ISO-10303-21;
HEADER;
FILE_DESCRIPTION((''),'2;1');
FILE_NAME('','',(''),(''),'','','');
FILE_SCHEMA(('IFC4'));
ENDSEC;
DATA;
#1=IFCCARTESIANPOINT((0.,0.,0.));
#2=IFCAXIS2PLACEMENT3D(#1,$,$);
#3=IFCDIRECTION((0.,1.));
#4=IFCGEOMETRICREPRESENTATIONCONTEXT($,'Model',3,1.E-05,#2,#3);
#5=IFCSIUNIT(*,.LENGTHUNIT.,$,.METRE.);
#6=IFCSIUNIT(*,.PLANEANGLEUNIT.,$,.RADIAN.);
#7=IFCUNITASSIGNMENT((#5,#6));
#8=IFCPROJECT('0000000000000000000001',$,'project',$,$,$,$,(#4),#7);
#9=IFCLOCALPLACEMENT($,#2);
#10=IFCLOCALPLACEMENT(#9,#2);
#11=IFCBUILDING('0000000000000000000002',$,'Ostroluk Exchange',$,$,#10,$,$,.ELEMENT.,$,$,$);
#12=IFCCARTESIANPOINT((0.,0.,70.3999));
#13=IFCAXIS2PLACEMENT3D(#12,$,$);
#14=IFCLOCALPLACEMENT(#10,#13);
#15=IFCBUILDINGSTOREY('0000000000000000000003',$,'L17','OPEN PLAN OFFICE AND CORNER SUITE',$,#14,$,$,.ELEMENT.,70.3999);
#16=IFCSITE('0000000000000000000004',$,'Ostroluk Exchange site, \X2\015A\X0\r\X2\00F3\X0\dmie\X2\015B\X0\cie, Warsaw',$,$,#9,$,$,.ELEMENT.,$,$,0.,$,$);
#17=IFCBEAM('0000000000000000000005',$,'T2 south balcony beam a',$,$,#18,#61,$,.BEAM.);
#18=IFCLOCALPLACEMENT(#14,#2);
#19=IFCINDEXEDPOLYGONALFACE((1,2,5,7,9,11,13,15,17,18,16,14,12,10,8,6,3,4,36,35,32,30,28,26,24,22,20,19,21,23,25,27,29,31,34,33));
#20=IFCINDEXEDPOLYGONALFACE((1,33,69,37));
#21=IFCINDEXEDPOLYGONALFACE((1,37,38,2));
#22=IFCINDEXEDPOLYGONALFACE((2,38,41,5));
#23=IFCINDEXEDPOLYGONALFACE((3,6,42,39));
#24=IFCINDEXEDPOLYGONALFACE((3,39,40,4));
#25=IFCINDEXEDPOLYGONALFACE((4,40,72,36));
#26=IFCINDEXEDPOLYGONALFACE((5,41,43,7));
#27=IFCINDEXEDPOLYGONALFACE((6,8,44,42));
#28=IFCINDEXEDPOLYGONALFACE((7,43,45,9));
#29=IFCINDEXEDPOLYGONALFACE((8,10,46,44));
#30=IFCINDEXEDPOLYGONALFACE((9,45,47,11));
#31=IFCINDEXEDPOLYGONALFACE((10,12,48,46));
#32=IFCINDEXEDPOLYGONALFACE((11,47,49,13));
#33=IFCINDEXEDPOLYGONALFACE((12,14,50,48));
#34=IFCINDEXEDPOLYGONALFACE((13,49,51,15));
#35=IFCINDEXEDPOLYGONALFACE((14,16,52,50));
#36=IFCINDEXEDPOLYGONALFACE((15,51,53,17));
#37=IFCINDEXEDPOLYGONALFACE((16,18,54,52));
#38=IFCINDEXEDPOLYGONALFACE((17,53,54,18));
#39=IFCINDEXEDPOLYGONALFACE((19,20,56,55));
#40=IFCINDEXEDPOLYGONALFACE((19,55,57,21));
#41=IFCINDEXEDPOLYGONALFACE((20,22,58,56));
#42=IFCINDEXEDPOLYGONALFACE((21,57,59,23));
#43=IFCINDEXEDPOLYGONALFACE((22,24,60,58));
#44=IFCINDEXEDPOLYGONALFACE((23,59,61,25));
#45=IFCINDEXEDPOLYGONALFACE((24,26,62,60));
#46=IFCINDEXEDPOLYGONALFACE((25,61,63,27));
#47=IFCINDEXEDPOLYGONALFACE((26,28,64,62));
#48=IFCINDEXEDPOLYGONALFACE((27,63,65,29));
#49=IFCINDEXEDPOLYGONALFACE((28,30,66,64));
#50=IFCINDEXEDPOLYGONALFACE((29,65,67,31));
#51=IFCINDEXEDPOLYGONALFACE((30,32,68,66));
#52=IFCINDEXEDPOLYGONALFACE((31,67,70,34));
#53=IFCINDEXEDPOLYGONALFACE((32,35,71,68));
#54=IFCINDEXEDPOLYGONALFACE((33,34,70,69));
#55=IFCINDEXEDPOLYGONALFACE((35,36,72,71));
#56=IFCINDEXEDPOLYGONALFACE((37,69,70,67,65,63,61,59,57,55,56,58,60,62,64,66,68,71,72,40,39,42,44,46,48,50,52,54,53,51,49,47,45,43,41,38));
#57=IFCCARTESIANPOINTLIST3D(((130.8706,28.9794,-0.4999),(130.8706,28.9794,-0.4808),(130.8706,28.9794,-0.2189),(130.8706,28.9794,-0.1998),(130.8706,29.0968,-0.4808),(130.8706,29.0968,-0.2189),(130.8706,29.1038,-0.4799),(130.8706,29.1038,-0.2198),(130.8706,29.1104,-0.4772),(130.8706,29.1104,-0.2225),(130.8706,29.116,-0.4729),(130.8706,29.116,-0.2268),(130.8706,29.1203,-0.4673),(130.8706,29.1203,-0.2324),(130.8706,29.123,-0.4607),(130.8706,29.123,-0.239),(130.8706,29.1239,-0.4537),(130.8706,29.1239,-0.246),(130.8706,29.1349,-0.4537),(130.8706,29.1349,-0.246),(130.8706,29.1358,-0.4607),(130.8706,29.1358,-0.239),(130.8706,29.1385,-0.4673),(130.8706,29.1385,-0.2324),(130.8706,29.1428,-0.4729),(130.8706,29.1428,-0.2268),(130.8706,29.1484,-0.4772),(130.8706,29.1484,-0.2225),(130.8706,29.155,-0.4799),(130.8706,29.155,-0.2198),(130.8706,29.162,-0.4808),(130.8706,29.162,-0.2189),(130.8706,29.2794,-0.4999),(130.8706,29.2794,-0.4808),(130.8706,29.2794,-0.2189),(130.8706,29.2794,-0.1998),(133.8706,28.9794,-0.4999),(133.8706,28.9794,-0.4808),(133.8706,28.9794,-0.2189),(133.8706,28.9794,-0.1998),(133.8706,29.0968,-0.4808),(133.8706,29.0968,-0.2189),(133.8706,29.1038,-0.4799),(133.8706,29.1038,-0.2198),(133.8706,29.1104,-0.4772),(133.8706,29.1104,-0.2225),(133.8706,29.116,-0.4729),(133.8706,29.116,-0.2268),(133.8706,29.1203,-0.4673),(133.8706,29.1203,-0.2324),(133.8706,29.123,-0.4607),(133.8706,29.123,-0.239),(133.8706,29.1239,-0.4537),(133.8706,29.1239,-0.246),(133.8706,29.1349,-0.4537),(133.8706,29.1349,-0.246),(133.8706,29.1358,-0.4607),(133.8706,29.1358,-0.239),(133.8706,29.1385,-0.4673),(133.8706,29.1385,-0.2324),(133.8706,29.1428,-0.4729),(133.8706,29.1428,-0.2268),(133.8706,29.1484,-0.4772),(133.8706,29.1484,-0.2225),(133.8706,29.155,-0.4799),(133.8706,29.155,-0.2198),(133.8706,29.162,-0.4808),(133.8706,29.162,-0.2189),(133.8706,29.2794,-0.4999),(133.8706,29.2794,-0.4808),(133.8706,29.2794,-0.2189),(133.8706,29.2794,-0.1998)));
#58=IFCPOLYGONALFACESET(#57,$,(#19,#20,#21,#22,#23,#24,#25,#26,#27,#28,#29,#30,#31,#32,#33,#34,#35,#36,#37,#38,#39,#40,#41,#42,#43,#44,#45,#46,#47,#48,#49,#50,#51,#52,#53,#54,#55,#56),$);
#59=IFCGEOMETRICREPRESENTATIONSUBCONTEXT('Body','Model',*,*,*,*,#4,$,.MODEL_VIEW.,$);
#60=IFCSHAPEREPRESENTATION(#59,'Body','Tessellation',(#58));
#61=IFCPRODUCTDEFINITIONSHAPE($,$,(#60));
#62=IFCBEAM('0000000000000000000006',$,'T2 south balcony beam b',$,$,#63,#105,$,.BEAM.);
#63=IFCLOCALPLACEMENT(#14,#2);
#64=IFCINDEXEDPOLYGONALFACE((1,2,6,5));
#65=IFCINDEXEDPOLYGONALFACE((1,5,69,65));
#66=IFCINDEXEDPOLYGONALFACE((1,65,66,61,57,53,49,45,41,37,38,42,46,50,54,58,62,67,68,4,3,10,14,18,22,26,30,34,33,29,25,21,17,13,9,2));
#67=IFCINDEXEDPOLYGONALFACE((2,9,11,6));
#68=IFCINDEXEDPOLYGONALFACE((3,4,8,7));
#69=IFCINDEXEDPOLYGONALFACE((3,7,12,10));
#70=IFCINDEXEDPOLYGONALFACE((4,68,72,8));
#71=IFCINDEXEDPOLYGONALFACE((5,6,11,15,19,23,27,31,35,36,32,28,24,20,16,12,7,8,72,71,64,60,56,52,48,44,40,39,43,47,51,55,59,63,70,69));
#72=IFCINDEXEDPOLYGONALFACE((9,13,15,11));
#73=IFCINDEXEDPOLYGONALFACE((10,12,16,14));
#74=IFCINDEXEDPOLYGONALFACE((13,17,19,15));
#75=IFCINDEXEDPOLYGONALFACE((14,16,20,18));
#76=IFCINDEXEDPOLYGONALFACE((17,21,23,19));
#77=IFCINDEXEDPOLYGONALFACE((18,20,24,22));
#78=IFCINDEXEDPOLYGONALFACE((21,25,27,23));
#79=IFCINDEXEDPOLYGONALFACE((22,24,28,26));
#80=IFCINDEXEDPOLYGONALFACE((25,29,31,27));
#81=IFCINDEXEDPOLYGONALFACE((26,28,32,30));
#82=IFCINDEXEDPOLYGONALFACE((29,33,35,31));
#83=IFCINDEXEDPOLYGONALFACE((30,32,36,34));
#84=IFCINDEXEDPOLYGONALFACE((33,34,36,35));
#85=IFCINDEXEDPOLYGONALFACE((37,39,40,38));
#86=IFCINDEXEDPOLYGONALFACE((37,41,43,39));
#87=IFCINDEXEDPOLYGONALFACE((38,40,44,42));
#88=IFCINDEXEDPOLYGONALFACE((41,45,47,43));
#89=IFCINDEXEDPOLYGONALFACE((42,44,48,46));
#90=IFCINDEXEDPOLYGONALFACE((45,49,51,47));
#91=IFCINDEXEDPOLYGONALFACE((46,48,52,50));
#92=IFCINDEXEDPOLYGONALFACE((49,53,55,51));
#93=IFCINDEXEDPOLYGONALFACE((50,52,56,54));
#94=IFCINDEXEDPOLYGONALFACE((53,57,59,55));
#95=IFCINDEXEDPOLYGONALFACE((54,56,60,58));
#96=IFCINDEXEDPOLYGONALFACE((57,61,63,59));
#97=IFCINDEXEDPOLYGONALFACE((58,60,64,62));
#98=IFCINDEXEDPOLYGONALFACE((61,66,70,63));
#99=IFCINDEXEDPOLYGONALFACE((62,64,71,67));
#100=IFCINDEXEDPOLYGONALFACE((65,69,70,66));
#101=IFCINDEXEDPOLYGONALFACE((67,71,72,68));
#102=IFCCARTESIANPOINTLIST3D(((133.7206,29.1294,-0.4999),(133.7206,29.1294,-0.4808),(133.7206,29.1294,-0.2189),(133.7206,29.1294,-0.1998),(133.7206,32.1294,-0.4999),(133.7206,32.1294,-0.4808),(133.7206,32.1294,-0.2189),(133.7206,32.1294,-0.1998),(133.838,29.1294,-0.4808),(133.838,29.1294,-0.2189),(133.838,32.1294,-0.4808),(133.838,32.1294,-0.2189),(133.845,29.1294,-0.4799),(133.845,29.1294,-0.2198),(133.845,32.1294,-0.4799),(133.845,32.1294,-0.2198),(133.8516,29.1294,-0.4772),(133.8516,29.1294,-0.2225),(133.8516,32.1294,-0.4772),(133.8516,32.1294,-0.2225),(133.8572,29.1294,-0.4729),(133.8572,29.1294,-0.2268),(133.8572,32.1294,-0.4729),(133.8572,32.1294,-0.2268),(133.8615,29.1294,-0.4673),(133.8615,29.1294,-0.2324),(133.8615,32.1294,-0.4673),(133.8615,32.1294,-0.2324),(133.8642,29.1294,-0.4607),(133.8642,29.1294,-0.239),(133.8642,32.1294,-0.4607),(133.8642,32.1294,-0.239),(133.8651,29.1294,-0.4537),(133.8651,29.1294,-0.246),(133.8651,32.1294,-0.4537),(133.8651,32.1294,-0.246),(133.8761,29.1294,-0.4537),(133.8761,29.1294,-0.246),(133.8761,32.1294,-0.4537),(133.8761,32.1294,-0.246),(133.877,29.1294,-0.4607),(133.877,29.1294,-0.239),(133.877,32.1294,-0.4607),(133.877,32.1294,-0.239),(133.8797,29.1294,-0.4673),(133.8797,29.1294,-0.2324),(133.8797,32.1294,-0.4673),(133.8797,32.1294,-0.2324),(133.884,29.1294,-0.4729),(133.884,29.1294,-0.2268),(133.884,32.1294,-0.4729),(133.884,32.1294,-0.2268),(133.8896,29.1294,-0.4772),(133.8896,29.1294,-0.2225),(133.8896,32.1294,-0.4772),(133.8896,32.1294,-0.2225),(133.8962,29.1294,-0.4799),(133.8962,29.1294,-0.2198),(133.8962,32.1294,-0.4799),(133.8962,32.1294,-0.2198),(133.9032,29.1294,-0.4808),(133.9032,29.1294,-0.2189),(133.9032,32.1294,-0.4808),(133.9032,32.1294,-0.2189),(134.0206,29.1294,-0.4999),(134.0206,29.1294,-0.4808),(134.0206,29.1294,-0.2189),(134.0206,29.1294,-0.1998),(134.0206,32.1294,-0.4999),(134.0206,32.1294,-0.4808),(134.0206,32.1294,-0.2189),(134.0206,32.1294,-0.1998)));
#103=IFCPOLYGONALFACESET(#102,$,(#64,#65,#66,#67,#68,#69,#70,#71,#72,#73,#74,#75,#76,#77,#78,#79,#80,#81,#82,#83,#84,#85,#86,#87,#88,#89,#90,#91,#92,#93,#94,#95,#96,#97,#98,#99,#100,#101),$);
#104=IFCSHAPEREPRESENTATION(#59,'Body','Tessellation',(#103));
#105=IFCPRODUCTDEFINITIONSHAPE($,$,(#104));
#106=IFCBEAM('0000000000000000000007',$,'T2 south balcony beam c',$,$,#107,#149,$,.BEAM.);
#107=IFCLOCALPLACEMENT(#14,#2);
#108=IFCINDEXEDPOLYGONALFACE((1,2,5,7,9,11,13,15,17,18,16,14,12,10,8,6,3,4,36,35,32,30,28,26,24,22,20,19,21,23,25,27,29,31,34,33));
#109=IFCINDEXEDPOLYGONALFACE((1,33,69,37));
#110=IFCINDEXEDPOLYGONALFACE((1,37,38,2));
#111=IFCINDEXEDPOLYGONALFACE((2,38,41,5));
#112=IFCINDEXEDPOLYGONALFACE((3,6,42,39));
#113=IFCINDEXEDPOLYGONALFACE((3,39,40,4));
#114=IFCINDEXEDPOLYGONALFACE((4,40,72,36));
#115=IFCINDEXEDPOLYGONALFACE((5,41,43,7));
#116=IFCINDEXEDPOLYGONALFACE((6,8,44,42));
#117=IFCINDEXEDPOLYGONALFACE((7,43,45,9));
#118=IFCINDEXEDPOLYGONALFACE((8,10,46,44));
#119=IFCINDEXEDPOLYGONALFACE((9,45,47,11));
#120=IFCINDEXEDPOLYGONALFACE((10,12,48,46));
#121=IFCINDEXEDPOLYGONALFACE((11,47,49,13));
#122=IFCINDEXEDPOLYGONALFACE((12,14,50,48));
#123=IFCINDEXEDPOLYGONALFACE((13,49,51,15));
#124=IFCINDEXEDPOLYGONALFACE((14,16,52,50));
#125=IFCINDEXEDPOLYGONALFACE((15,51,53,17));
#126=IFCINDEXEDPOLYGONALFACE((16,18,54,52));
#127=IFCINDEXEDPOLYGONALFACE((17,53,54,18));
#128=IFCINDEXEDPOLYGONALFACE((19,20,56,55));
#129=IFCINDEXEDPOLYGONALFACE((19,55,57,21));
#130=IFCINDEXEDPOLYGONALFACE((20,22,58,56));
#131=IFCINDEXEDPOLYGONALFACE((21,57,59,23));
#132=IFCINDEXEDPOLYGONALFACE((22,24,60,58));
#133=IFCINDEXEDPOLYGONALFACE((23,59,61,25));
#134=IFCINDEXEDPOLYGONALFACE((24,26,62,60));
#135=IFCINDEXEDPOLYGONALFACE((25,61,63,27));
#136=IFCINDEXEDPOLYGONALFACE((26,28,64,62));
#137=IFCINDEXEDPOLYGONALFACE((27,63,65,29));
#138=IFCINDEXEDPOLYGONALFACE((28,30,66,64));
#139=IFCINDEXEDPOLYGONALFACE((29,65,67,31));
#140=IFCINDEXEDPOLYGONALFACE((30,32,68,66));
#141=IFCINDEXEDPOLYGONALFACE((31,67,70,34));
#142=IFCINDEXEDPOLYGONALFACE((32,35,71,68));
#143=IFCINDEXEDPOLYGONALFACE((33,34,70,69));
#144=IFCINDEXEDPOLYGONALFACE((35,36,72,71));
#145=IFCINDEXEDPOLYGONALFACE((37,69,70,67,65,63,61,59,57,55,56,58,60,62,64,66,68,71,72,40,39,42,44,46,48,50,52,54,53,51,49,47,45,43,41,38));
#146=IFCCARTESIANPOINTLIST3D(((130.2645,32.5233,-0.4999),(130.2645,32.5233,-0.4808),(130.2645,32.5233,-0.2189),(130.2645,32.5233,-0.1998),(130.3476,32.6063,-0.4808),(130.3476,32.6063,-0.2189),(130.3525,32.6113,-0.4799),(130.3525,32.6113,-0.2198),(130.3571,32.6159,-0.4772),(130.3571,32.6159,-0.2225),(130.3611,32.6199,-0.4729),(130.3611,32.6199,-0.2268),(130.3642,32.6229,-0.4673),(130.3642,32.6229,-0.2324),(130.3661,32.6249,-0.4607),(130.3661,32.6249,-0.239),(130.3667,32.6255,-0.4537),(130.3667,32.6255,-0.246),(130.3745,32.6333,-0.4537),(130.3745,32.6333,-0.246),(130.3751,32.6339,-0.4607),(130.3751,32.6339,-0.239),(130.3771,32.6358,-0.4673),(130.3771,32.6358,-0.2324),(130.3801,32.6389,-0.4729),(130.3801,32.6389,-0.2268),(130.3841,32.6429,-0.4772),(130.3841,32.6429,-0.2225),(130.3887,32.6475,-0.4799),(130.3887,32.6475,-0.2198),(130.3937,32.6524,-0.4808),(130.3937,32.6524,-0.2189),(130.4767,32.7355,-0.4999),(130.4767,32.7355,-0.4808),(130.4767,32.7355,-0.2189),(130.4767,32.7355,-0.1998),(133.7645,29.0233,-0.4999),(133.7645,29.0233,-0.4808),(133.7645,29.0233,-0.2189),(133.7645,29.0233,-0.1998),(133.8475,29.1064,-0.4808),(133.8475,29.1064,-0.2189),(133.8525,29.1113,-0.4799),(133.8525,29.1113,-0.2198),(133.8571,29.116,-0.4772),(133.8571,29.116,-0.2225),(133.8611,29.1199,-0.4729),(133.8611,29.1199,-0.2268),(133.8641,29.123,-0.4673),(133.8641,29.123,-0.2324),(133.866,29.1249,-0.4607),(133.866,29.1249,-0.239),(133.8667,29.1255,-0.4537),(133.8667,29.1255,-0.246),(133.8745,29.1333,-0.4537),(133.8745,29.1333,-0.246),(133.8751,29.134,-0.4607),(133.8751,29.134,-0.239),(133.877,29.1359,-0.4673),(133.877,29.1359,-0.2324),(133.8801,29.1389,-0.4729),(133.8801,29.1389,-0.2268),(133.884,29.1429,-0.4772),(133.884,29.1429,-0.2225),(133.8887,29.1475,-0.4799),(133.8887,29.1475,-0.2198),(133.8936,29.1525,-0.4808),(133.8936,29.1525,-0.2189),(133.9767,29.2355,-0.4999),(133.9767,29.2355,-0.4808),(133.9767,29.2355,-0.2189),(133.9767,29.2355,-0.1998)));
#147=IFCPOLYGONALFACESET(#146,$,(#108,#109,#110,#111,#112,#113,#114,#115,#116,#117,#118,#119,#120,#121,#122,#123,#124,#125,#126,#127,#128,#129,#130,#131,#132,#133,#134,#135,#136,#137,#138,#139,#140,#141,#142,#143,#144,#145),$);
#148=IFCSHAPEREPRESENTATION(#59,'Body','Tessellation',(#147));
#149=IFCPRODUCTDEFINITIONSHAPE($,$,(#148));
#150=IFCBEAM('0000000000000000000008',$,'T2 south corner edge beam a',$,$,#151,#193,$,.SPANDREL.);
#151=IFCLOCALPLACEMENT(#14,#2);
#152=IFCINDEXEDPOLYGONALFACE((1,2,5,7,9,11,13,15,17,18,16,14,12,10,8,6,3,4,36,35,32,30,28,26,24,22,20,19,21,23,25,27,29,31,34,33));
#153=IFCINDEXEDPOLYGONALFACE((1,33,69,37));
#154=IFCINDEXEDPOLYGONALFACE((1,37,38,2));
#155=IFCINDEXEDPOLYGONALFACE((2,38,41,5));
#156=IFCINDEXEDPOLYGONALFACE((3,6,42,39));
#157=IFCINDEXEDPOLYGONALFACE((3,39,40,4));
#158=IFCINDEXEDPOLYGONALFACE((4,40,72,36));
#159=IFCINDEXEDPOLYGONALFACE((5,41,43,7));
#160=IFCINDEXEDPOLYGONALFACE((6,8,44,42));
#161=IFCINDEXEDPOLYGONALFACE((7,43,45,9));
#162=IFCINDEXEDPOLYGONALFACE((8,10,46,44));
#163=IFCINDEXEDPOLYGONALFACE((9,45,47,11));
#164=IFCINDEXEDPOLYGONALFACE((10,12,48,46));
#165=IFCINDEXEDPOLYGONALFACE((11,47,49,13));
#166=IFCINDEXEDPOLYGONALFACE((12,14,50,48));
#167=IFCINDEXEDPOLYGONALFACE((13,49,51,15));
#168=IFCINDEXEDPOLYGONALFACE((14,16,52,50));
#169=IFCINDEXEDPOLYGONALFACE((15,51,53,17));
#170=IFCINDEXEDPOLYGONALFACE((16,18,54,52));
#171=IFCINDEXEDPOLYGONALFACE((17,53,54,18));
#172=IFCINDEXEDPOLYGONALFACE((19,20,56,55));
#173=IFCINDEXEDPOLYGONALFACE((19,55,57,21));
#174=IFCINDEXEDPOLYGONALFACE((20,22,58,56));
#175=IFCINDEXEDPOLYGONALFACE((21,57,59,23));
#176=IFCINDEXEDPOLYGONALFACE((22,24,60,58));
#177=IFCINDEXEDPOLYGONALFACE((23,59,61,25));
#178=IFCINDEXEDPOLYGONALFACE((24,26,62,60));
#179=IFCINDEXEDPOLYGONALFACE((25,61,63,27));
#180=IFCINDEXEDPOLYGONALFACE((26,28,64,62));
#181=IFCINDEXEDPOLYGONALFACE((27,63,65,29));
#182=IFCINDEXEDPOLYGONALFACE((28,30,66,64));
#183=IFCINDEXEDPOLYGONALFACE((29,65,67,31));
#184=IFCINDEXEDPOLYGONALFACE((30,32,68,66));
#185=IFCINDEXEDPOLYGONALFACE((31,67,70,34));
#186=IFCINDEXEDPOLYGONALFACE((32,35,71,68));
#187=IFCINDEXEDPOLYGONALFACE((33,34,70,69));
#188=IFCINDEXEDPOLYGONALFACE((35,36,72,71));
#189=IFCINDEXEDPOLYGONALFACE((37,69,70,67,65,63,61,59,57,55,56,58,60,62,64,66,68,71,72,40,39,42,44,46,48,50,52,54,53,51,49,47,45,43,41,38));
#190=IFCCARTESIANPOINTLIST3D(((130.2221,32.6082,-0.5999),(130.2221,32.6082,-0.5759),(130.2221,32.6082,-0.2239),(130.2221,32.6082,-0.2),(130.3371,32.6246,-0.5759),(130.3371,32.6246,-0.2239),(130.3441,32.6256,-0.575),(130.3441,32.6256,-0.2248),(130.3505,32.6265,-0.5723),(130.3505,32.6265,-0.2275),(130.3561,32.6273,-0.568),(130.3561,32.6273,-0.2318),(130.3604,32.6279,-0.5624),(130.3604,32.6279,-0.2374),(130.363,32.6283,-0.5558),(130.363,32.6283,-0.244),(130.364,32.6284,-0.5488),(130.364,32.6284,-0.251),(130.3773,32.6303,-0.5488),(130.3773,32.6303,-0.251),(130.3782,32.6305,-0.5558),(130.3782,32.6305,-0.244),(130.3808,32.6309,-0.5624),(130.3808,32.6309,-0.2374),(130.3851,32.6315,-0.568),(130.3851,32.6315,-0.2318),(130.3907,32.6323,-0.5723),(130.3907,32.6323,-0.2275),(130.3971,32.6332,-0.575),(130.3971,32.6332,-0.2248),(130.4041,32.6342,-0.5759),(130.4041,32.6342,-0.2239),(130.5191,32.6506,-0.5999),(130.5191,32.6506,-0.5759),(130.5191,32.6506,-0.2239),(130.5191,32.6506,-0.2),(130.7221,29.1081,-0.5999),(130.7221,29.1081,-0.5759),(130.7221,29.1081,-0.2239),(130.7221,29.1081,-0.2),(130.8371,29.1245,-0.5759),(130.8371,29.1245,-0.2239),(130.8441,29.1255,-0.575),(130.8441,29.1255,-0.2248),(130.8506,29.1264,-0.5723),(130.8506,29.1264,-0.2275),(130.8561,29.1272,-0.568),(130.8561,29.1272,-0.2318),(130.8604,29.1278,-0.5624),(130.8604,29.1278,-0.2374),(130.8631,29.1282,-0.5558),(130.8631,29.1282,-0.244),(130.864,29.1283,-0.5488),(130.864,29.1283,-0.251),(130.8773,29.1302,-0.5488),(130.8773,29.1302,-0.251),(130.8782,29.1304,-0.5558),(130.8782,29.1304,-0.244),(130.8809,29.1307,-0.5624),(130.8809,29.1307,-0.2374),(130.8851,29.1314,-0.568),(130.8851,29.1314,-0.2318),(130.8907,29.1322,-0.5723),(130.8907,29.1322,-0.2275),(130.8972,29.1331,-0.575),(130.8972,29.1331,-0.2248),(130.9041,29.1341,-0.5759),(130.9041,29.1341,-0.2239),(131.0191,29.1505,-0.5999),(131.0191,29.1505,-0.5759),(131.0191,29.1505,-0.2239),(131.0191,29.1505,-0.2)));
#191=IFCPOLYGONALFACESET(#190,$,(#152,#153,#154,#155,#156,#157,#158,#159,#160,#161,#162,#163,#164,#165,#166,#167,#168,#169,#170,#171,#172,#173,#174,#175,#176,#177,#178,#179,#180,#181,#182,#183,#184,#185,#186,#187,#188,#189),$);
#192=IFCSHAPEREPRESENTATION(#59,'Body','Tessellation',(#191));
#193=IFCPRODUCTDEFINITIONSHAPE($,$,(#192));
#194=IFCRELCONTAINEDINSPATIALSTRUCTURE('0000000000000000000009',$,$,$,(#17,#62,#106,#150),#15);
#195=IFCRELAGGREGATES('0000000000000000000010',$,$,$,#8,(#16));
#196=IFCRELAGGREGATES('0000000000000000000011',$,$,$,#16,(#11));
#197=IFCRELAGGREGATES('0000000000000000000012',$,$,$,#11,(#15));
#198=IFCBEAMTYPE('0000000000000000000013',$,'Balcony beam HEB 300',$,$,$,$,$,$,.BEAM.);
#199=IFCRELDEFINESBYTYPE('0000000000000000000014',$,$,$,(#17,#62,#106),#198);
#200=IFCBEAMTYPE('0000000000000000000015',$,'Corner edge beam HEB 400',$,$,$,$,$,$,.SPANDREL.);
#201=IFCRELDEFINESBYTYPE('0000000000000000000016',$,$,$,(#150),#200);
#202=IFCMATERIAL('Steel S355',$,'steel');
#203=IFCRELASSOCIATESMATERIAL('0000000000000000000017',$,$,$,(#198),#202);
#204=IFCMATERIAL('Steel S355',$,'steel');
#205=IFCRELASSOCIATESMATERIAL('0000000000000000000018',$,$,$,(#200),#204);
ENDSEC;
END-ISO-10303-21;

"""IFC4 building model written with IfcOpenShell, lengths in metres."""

from ifc_helpers import new_model, si_unit, direction, frame, origin, origin_2d, place, context, subcontext, project, spatial, i_section, extrude, material, material_profile, profile_set, type_object, element, save


model = new_model("IFC4")

# Units and contexts
model_context = context("Model", 3, precision=1e-05, world=origin(), true_north=direction((0.0, 1.0)))
body_context = subcontext(model_context, "Body", "Model", "MODEL_VIEW")
ifc_project = project(units=[si_unit("LENGTHUNIT", "METRE"), si_unit("PLANEANGLEUNIT", "RADIAN")], contexts=[model_context])

# Site, building, storey
site_placement = place(None, origin())
site = spatial("IfcSite", under=ifc_project, at=site_placement, Name="Ostroluk Exchange site, Śródmieście, Warsaw", CompositionType="ELEMENT", RefElevation=0.0)
building_placement = place(site_placement, origin())
building = spatial("IfcBuilding", under=site, at=building_placement, Name="Ostroluk Exchange", CompositionType="ELEMENT")
storey_placement = place(building_placement, frame((0.0, 0.0, 70.3999)))
storey = spatial("IfcBuildingStorey", under=building, at=storey_placement, Name="L17", Description="OPEN PLAN OFFICE AND CORNER SUITE", CompositionType="ELEMENT", Elevation=70.3999)

# Beams
ifc_material_1 = material(Name="Steel S355", Category="steel")
ifc_material_profile_1 = material_profile(ifc_material_1, i_section(OverallWidth=0.3, OverallDepth=0.3, WebThickness=0.011, FlangeThickness=0.019, FilletRadius=0.0271, at=origin_2d()), Name="HEB 300")
ifc_profile_set_1 = profile_set([ifc_material_profile_1], Name="Steel S355")
beam_type_1 = type_object("IfcBeamType", Name="Balcony beam HEB 300", PredefinedType="BEAM", material=ifc_profile_set_1)
for number, where, z_axis, x_axis, name in (
    (1, (130.8706, 29.1294, -0.3499), (1.0, 0.0, 0.0), (0.0, 1.0, 0.0), "T2 south balcony beam a"),
    (2, (133.8706, 32.1294, -0.3499), (0.0, -1.0, 0.0), (1.0, 0.0, 0.0), "T2 south balcony beam b"),
):
    element("IfcBeam", number, at=place(storey_placement, frame(where, z_axis=z_axis, x_axis=x_axis)), inside=storey, type_object=beam_type_1, Name=name, PredefinedType="BEAM", context=body_context, shape_type="SweptSolid", body=[
        extrude(i_section(OverallWidth=0.3, OverallDepth=0.3, WebThickness=0.011, FlangeThickness=0.019, FilletRadius=0.0271, at=origin_2d()), origin(), (0.0, 0.0, 1.0), 3.0),
    ])
beam_1_placement = place(storey_placement, frame((130.3706, 32.6294, -0.3499), z_axis=(0.707107, -0.707107, 0.0), x_axis=(0.707107, 0.707107, 0.0)))
element("IfcBeam", 3, at=beam_1_placement, inside=storey, type_object=beam_type_1, Name="T2 south balcony beam c", PredefinedType="BEAM", context=body_context, shape_type="SweptSolid", body=[
    extrude(i_section(OverallWidth=0.3, OverallDepth=0.3, WebThickness=0.011, FlangeThickness=0.019, FilletRadius=0.0271, at=origin_2d()), origin(), (0.0, 0.0, 1.0), 4.9497),
])
ifc_material_2 = material(Name="Steel S355", Category="steel")
ifc_material_profile_2 = material_profile(ifc_material_2, i_section(OverallWidth=0.3, OverallDepth=0.3999, WebThickness=0.0134, FlangeThickness=0.0239, FilletRadius=0.0271, at=origin_2d()), Name="HEB 400")
ifc_profile_set_2 = profile_set([ifc_material_profile_2], Name="Steel S355")
beam_type_2 = type_object("IfcBeamType", Name="Corner edge beam HEB 400", PredefinedType="SPANDREL", material=ifc_profile_set_2)
for number, where, z_axis, x_axis, name in (
    (4, (130.3706, 32.6294, -0.3999), (0.141421, -0.989949, 0.0), (0.989949, 0.141421, 0.0), "T2 south corner edge beam a"),
):
    element("IfcBeam", number, at=place(storey_placement, frame(where, z_axis=z_axis, x_axis=x_axis)), inside=storey, type_object=beam_type_2, Name=name, PredefinedType="SPANDREL", context=body_context, shape_type="SweptSolid", body=[
        extrude(i_section(OverallWidth=0.3, OverallDepth=0.3999, WebThickness=0.0134, FlangeThickness=0.0239, FilletRadius=0.0271, at=origin_2d()), origin(), (0.0, 0.0, 1.0), 3.5356),
    ])

save(model, "model.ifc")
